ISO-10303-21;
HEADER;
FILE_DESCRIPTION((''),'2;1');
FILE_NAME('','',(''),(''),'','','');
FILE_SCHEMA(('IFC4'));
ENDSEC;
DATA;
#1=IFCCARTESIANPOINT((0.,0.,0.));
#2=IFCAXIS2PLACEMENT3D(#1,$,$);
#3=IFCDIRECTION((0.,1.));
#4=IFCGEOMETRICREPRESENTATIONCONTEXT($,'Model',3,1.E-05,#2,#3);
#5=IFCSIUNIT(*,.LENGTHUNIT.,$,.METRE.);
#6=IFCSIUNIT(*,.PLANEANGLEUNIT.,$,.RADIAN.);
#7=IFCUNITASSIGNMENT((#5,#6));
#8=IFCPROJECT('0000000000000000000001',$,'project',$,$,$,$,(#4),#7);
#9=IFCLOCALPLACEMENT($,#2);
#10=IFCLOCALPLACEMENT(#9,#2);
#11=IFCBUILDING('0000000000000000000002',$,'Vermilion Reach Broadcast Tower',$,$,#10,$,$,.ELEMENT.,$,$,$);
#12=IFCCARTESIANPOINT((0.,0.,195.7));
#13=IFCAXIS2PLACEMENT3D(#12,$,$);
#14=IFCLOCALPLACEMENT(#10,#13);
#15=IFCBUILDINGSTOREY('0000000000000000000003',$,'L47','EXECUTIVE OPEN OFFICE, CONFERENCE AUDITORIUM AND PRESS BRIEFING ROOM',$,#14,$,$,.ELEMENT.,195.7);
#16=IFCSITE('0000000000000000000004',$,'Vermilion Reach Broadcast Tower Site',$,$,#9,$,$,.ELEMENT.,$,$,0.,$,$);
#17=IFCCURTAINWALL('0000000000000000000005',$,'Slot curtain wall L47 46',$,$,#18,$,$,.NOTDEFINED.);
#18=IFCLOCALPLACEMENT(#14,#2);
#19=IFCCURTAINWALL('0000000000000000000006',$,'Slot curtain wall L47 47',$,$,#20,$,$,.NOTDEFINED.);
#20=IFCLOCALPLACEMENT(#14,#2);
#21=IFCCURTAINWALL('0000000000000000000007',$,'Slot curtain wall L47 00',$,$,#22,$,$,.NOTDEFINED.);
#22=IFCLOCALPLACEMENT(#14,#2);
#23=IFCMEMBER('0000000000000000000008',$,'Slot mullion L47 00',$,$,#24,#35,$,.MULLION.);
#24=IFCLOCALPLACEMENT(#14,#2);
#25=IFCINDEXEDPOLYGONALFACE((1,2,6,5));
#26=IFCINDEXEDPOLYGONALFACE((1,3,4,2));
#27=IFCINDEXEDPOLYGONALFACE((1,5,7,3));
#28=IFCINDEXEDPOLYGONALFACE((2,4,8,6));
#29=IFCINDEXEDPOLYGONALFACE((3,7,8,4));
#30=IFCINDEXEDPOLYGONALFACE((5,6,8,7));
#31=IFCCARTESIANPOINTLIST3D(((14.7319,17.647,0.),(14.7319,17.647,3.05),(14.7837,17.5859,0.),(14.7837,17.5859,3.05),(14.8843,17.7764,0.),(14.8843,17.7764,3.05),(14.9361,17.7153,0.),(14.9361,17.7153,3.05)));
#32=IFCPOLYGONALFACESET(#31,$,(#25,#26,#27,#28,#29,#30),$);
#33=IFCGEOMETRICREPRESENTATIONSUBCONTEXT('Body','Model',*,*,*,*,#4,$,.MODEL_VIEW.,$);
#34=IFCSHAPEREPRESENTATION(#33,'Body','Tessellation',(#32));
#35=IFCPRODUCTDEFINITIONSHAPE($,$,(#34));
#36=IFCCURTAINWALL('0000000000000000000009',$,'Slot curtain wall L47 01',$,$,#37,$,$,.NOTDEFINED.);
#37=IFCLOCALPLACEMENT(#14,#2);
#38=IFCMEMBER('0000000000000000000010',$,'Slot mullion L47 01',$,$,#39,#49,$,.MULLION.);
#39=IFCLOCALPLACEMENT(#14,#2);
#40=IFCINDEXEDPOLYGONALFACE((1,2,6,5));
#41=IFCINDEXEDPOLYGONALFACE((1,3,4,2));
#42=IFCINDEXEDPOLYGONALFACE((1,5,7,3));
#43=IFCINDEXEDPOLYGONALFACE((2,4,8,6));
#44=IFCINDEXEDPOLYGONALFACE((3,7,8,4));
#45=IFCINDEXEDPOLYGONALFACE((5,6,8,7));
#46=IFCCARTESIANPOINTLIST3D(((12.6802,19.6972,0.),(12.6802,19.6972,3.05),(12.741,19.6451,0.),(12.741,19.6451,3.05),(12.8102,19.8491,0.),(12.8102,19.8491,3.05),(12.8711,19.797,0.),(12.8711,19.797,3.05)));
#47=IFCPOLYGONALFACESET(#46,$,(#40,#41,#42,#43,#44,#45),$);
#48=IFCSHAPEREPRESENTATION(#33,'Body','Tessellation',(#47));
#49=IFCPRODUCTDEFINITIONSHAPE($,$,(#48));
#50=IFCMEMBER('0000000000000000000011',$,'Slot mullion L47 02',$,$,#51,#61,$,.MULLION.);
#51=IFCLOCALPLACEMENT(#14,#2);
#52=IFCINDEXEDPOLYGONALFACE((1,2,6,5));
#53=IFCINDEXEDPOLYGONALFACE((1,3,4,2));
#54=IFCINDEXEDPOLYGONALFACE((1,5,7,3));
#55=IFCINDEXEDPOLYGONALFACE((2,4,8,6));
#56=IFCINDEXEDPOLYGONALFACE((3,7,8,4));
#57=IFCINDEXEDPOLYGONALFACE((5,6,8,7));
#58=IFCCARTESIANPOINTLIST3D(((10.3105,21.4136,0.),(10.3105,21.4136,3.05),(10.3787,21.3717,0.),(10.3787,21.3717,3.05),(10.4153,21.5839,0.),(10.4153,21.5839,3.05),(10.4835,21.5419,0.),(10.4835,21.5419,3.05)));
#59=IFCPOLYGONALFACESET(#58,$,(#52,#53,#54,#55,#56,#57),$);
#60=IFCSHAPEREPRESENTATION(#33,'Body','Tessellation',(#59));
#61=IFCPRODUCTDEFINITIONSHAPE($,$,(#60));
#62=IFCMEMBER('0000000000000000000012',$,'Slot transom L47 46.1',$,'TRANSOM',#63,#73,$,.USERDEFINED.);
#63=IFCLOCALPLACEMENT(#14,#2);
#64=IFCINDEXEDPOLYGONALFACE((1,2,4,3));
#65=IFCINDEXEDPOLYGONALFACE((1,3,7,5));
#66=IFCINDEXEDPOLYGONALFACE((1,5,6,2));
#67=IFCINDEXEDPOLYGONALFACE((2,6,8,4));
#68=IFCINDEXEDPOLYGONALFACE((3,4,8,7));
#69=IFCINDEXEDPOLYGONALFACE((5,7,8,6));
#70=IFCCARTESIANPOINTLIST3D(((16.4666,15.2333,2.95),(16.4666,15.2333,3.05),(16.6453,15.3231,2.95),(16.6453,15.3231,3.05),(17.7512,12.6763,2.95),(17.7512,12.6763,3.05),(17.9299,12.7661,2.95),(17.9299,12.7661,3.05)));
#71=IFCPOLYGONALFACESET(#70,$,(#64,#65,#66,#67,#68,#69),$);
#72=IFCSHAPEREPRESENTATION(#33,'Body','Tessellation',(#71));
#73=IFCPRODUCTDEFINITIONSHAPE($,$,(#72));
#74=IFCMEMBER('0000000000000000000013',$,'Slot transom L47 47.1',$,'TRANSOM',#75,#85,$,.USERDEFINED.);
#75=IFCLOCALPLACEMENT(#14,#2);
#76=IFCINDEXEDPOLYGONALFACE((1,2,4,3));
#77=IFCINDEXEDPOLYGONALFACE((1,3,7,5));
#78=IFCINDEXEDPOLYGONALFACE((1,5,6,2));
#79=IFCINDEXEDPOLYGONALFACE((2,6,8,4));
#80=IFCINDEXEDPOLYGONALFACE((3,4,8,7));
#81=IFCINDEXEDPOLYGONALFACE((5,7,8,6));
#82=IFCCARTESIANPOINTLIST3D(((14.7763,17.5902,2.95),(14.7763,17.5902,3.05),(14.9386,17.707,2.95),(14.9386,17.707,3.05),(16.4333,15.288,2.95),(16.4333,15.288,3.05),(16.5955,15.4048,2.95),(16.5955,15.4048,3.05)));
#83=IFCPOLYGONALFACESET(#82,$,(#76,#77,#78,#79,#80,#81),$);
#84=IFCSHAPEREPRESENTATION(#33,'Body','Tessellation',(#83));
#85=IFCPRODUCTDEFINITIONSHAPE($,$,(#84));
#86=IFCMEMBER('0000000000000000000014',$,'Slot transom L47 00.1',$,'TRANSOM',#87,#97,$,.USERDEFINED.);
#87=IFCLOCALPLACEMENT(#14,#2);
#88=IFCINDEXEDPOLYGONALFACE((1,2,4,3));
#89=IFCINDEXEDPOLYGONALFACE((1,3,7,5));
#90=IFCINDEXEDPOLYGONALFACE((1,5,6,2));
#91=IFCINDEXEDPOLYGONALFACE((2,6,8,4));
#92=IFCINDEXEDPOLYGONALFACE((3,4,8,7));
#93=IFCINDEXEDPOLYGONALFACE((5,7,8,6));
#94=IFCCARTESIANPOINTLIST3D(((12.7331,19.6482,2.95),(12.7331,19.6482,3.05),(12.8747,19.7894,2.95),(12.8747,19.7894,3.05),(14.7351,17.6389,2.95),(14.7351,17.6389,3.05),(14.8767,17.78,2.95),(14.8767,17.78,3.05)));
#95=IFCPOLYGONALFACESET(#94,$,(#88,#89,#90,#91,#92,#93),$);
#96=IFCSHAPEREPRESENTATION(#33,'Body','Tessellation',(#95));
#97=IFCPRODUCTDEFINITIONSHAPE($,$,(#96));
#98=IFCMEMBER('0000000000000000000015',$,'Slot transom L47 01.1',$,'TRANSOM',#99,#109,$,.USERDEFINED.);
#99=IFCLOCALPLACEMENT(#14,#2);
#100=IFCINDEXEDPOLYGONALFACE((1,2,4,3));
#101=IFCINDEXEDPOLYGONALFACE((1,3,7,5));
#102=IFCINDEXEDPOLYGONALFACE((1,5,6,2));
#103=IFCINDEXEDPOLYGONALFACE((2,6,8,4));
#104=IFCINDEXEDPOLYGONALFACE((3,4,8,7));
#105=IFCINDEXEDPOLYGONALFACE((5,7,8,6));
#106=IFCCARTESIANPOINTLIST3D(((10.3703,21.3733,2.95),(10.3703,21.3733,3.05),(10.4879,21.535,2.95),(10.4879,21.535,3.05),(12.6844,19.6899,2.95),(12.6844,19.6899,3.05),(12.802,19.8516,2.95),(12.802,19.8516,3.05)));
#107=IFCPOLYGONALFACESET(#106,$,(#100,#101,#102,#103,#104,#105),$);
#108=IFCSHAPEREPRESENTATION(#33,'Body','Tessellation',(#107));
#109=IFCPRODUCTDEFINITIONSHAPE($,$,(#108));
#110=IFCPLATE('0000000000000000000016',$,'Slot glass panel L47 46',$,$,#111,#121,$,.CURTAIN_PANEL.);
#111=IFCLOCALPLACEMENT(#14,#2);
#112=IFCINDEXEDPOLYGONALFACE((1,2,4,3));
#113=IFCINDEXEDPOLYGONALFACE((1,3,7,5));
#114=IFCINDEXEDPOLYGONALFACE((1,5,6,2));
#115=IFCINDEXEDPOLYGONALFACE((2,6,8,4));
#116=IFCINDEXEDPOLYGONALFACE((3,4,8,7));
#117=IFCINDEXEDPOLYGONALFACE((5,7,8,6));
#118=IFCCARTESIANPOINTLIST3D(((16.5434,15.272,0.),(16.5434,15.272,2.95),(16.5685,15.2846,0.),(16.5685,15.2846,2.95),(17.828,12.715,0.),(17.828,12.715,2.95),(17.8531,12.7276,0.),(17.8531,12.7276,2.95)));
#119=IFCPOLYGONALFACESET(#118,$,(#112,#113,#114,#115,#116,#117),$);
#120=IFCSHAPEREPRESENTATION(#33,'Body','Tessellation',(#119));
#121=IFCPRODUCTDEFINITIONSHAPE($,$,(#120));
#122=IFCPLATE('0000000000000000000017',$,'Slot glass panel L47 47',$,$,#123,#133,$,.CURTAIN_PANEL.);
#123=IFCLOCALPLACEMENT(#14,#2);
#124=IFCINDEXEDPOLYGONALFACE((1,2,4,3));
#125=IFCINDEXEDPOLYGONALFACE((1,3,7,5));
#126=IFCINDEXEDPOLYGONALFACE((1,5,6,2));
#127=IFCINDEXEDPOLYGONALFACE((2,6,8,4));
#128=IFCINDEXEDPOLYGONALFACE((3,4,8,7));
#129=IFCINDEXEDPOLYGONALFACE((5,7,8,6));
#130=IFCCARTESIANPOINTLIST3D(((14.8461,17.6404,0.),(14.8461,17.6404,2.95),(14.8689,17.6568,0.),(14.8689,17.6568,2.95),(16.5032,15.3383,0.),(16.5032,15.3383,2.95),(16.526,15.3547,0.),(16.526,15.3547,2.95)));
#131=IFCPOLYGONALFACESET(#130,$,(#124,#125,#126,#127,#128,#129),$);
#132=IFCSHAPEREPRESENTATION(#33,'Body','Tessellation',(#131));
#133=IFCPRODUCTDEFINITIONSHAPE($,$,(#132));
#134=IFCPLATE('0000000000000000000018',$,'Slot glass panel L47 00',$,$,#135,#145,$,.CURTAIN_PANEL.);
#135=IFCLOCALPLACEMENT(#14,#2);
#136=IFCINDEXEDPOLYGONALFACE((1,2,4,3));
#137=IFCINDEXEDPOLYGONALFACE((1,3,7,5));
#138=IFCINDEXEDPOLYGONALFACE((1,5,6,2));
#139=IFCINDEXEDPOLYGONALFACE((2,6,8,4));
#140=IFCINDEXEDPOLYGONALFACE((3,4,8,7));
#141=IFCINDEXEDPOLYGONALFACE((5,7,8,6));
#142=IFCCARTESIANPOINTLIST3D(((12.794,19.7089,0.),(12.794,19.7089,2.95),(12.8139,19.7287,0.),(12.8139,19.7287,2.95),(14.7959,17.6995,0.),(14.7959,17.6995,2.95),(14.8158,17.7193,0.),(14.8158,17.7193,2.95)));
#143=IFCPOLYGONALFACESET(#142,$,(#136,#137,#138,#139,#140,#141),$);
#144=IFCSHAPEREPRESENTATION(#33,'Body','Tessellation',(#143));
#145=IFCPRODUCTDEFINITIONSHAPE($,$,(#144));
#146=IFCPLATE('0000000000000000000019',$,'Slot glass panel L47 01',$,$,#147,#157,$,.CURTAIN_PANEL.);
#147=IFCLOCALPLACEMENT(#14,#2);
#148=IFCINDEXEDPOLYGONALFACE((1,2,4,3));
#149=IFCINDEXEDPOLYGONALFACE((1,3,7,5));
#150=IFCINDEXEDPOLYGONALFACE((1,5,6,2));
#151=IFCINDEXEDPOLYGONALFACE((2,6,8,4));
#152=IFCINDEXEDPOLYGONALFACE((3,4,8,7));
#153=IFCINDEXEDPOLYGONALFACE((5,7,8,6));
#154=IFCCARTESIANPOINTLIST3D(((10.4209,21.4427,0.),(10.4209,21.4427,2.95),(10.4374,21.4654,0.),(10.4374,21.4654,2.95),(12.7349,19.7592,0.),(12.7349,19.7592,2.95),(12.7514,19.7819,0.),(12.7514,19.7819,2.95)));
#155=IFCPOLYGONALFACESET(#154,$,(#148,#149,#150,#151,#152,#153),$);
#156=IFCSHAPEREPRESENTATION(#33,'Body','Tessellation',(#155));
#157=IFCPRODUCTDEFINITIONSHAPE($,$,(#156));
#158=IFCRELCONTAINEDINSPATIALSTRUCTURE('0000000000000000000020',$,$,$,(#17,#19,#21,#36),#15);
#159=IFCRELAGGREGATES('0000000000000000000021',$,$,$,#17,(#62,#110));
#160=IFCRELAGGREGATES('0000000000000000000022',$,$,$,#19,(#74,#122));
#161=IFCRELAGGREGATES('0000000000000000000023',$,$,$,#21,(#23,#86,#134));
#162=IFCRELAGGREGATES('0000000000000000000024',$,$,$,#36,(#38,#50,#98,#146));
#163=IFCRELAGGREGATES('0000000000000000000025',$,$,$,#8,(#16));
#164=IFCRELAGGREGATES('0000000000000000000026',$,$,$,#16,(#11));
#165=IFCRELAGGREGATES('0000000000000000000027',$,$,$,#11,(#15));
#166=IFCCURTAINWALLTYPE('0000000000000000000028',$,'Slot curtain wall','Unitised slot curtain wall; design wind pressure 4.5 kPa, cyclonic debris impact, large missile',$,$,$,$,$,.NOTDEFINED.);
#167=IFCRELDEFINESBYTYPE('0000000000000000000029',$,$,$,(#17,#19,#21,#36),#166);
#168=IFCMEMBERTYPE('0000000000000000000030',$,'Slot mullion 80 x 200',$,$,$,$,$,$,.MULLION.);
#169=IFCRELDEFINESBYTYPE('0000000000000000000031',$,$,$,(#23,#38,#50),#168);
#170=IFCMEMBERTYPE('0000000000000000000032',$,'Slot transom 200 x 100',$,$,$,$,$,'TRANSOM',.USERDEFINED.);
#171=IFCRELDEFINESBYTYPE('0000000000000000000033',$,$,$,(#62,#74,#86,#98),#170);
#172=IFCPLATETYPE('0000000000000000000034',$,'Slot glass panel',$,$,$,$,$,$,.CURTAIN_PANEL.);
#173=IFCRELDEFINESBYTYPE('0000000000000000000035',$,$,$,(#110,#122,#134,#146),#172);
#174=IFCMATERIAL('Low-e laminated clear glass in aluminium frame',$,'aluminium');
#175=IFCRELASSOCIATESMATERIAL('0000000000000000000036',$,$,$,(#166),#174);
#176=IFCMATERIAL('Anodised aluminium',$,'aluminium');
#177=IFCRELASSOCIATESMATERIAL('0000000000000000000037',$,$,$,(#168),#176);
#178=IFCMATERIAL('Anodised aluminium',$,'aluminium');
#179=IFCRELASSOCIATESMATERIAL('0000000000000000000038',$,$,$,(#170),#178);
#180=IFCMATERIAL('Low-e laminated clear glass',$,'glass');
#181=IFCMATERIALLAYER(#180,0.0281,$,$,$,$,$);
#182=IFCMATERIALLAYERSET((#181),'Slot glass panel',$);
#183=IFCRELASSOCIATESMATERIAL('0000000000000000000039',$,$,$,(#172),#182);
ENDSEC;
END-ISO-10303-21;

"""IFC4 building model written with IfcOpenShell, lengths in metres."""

from ifc_helpers import new_model, si_unit, direction, frame, origin, origin_2d, place, context, subcontext, project, spatial, rectangle, extrude, material, layer, layer_set, material_profile, profile_set, type_object, element, aggregate, save


model = new_model("IFC4")

# Units and contexts
model_context = context("Model", 3, precision=1e-05, world=origin(), true_north=direction((0.0, 1.0)))
body_context = subcontext(model_context, "Body", "Model", "MODEL_VIEW")
ifc_project = project(units=[si_unit("LENGTHUNIT", "METRE"), si_unit("PLANEANGLEUNIT", "RADIAN")], contexts=[model_context])

# Site, building, storey
site_placement = place(None, origin())
site = spatial("IfcSite", under=ifc_project, at=site_placement, Name="Vermilion Reach Broadcast Tower Site", CompositionType="ELEMENT", RefElevation=0.0)
building_placement = place(site_placement, origin())
building = spatial("IfcBuilding", under=site, at=building_placement, Name="Vermilion Reach Broadcast Tower", CompositionType="ELEMENT")
storey_placement = place(building_placement, frame((0.0, 0.0, 195.7)))
storey = spatial("IfcBuildingStorey", under=building, at=storey_placement, Name="L47", Description="EXECUTIVE OPEN OFFICE, CONFERENCE AUDITORIUM AND PRESS BRIEFING ROOM", CompositionType="ELEMENT", Elevation=195.7)

# Curtain walls, member
ifc_material_1 = material(Name="Low-e laminated clear glass in aluminium frame", Category="aluminium")
curtain_wall_type = type_object("IfcCurtainWallType", Name="Slot curtain wall", Description="Unitised slot curtain wall; design wind pressure 4.5 kPa, cyclonic debris impact, large missile", PredefinedType="NOTDEFINED", material=ifc_material_1)
placement = place(storey_placement, origin())
curtain_wall_1 = element("IfcCurtainWall", 1, at=placement, inside=storey, type_object=curtain_wall_type, Name="Slot curtain wall L47 46", PredefinedType="NOTDEFINED")
ifc_material_2 = material(Name="Anodised aluminium", Category="aluminium")
ifc_material_profile_1 = material_profile(ifc_material_2, rectangle(XDim=0.2, YDim=0.0801, at=origin_2d()), Name="Slot mullion 80 x 200")
ifc_profile_set_1 = profile_set([ifc_material_profile_1], Name="Anodised aluminium")
member_type_1 = type_object("IfcMemberType", Name="Slot mullion 80 x 200", PredefinedType="MULLION", material=ifc_profile_set_1)
curtain_wall_2 = element("IfcCurtainWall", 2, at=placement, inside=storey, type_object=curtain_wall_type, Name="Slot curtain wall L47 47", PredefinedType="NOTDEFINED")
curtain_wall_3 = element("IfcCurtainWall", 3, at=placement, inside=storey, type_object=curtain_wall_type, Name="Slot curtain wall L47 00", PredefinedType="NOTDEFINED")
member_1_placement = place(storey_placement, frame((14.834, 17.6812, 0.0), z_axis=(0.0, 0.0, 1.0), x_axis=(-0.762443, -0.647056, 0.0)))
member_1 = element("IfcMember", 4, at=member_1_placement, type_object=member_type_1, Name="Slot mullion L47 00", PredefinedType="MULLION", context=body_context, shape_type="SweptSolid", body=[
    extrude(rectangle(XDim=0.2, YDim=0.0801, at=origin_2d()), origin(), (0.0, 0.0, 1.0), 3.05),
])

# Curtain wall, members
curtain_wall_4 = element("IfcCurtainWall", 5, at=placement, inside=storey, type_object=curtain_wall_type, Name="Slot curtain wall L47 01", PredefinedType="NOTDEFINED")
member_2_placement = place(storey_placement, frame((12.7756, 19.7471, 0.0), z_axis=(0.0, 0.0, 1.0), x_axis=(-0.650391, -0.759599, 0.0)))
member_2 = element("IfcMember", 6, at=member_2_placement, type_object=member_type_1, Name="Slot mullion L47 01", PredefinedType="MULLION", context=body_context, shape_type="SweptSolid", body=[
    extrude(rectangle(XDim=0.2, YDim=0.0801, at=origin_2d()), origin(), (0.0, 0.0, 1.0), 3.05),
])
member_3_placement = place(storey_placement, frame((10.397, 21.4778, 0.0), z_axis=(0.0, 0.0, 1.0), x_axis=(-0.524083, -0.851667, 0.0)))
member_3 = element("IfcMember", 7, at=member_3_placement, type_object=member_type_1, Name="Slot mullion L47 02", PredefinedType="MULLION", context=body_context, shape_type="SweptSolid", body=[
    extrude(rectangle(XDim=0.2, YDim=0.0801, at=origin_2d()), origin(), (0.0, 0.0, 1.0), 3.05),
])

# Members
ifc_material_3 = material(Name="Anodised aluminium", Category="aluminium")
ifc_material_profile_2 = material_profile(ifc_material_3, rectangle(XDim=0.2, YDim=0.1001, at=origin_2d()), Name="Slot transom 200 x 100")
ifc_profile_set_2 = profile_set([ifc_material_profile_2], Name="Anodised aluminium")
member_type_2 = type_object("IfcMemberType", Name="Slot transom 200 x 100", ElementType="TRANSOM", PredefinedType="USERDEFINED", material=ifc_profile_set_2)
member_4_placement = place(storey_placement, frame((17.8406, 12.7212, 3.0), z_axis=(-0.448919, 0.893572, 0.0), x_axis=(-0.893572, -0.448919, 0.0)))
member_4 = element("IfcMember", 8, at=member_4_placement, type_object=member_type_2, Name="Slot transom L47 46.1", ObjectType="TRANSOM", PredefinedType="USERDEFINED", context=body_context, shape_type="SweptSolid", body=[
    extrude(rectangle(XDim=0.2, YDim=0.1001, at=origin_2d()), origin(), (0.0, 0.0, 1.0), 2.8616),
])
member_5_placement = place(storey_placement, frame((16.5144, 15.3464, 3.0), z_axis=(-0.584157, 0.81164, 0.0), x_axis=(-0.81164, -0.584157, 0.0)))
member_5 = element("IfcMember", 9, at=member_5_placement, type_object=member_type_2, Name="Slot transom L47 47.1", ObjectType="TRANSOM", PredefinedType="USERDEFINED", context=body_context, shape_type="SweptSolid", body=[
    extrude(rectangle(XDim=0.2, YDim=0.1001, at=origin_2d()), origin(), (0.0, 0.0, 1.0), 2.8364),
])
member_6_placement = place(storey_placement, frame((14.8059, 17.7095, 3.0), z_axis=(-0.705814, 0.708397, 0.0), x_axis=(-0.708397, -0.705814, 0.0)))
member_6 = element("IfcMember", 10, at=member_6_placement, type_object=member_type_2, Name="Slot transom L47 00.1", ObjectType="TRANSOM", PredefinedType="USERDEFINED", context=body_context, shape_type="SweptSolid", body=[
    extrude(rectangle(XDim=0.2, YDim=0.1001, at=origin_2d()), origin(), (0.0, 0.0, 1.0), 2.8364),
])
member_7_placement = place(storey_placement, frame((12.7432, 19.7708, 3.0), z_axis=(-0.808659, 0.588278, 0.0), x_axis=(-0.588278, -0.808659, 0.0)))
member_7 = element("IfcMember", 11, at=member_7_placement, type_object=member_type_2, Name="Slot transom L47 01.1", ObjectType="TRANSOM", PredefinedType="USERDEFINED", context=body_context, shape_type="SweptSolid", body=[
    extrude(rectangle(XDim=0.2, YDim=0.1001, at=origin_2d()), origin(), (0.0, 0.0, 1.0), 2.8616),
])

# Plates
ifc_material_4 = material(Name="Low-e laminated clear glass", Category="glass")
ifc_layer = layer(ifc_material_4, 0.0281)
ifc_layer_set = layer_set([ifc_layer], Name="Slot glass panel")
plate_type = type_object("IfcPlateType", Name="Slot glass panel", PredefinedType="CURTAIN_PANEL", material=ifc_layer_set)
plate_1_placement = place(storey_placement, frame((17.1982, 13.9998, 0.0), z_axis=(0.0, 0.0, 1.0), x_axis=(-0.448936, 0.893564, 0.0)))
plate_1 = element("IfcPlate", 12, at=plate_1_placement, type_object=plate_type, Name="Slot glass panel L47 46", PredefinedType="CURTAIN_PANEL", context=body_context, shape_type="SweptSolid", body=[
    extrude(rectangle(XDim=2.8616, YDim=0.0281, at=origin_2d()), origin(), (0.0, 0.0, 1.0), 2.95),
])
aggregate(curtain_wall_1, [member_4, plate_1])
plate_2_placement = place(storey_placement, frame((15.686, 16.4976, 0.0), z_axis=(0.0, 0.0, 1.0), x_axis=(-0.584204, 0.811607, 0.0)))
plate_2 = element("IfcPlate", 13, at=plate_2_placement, type_object=plate_type, Name="Slot glass panel L47 47", PredefinedType="CURTAIN_PANEL", context=body_context, shape_type="SweptSolid", body=[
    extrude(rectangle(XDim=2.8364, YDim=0.0281, at=origin_2d()), origin(), (0.0, 0.0, 1.0), 2.95),
])
aggregate(curtain_wall_2, [member_5, plate_2])
plate_3_placement = place(storey_placement, frame((13.8049, 18.7141, 0.0), z_axis=(0.0, 0.0, 1.0), x_axis=(-0.705788, 0.708423, 0.0)))
plate_3 = element("IfcPlate", 14, at=plate_3_placement, type_object=plate_type, Name="Slot glass panel L47 00", PredefinedType="CURTAIN_PANEL", context=body_context, shape_type="SweptSolid", body=[
    extrude(rectangle(XDim=2.8364, YDim=0.0281, at=origin_2d()), origin(), (0.0, 0.0, 1.0), 2.95),
])
aggregate(curtain_wall_3, [member_1, member_6, plate_3])
plate_4_placement = place(storey_placement, frame((11.5862, 20.6123, 0.0), z_axis=(0.0, 0.0, 1.0), x_axis=(-0.808653, 0.588286, 0.0)))
plate_4 = element("IfcPlate", 15, at=plate_4_placement, type_object=plate_type, Name="Slot glass panel L47 01", PredefinedType="CURTAIN_PANEL", context=body_context, shape_type="SweptSolid", body=[
    extrude(rectangle(XDim=2.8616, YDim=0.0281, at=origin_2d()), origin(), (0.0, 0.0, 1.0), 2.95),
])
aggregate(curtain_wall_4, [member_2, member_3, member_7, plate_4])

save(model, "model.ifc")
